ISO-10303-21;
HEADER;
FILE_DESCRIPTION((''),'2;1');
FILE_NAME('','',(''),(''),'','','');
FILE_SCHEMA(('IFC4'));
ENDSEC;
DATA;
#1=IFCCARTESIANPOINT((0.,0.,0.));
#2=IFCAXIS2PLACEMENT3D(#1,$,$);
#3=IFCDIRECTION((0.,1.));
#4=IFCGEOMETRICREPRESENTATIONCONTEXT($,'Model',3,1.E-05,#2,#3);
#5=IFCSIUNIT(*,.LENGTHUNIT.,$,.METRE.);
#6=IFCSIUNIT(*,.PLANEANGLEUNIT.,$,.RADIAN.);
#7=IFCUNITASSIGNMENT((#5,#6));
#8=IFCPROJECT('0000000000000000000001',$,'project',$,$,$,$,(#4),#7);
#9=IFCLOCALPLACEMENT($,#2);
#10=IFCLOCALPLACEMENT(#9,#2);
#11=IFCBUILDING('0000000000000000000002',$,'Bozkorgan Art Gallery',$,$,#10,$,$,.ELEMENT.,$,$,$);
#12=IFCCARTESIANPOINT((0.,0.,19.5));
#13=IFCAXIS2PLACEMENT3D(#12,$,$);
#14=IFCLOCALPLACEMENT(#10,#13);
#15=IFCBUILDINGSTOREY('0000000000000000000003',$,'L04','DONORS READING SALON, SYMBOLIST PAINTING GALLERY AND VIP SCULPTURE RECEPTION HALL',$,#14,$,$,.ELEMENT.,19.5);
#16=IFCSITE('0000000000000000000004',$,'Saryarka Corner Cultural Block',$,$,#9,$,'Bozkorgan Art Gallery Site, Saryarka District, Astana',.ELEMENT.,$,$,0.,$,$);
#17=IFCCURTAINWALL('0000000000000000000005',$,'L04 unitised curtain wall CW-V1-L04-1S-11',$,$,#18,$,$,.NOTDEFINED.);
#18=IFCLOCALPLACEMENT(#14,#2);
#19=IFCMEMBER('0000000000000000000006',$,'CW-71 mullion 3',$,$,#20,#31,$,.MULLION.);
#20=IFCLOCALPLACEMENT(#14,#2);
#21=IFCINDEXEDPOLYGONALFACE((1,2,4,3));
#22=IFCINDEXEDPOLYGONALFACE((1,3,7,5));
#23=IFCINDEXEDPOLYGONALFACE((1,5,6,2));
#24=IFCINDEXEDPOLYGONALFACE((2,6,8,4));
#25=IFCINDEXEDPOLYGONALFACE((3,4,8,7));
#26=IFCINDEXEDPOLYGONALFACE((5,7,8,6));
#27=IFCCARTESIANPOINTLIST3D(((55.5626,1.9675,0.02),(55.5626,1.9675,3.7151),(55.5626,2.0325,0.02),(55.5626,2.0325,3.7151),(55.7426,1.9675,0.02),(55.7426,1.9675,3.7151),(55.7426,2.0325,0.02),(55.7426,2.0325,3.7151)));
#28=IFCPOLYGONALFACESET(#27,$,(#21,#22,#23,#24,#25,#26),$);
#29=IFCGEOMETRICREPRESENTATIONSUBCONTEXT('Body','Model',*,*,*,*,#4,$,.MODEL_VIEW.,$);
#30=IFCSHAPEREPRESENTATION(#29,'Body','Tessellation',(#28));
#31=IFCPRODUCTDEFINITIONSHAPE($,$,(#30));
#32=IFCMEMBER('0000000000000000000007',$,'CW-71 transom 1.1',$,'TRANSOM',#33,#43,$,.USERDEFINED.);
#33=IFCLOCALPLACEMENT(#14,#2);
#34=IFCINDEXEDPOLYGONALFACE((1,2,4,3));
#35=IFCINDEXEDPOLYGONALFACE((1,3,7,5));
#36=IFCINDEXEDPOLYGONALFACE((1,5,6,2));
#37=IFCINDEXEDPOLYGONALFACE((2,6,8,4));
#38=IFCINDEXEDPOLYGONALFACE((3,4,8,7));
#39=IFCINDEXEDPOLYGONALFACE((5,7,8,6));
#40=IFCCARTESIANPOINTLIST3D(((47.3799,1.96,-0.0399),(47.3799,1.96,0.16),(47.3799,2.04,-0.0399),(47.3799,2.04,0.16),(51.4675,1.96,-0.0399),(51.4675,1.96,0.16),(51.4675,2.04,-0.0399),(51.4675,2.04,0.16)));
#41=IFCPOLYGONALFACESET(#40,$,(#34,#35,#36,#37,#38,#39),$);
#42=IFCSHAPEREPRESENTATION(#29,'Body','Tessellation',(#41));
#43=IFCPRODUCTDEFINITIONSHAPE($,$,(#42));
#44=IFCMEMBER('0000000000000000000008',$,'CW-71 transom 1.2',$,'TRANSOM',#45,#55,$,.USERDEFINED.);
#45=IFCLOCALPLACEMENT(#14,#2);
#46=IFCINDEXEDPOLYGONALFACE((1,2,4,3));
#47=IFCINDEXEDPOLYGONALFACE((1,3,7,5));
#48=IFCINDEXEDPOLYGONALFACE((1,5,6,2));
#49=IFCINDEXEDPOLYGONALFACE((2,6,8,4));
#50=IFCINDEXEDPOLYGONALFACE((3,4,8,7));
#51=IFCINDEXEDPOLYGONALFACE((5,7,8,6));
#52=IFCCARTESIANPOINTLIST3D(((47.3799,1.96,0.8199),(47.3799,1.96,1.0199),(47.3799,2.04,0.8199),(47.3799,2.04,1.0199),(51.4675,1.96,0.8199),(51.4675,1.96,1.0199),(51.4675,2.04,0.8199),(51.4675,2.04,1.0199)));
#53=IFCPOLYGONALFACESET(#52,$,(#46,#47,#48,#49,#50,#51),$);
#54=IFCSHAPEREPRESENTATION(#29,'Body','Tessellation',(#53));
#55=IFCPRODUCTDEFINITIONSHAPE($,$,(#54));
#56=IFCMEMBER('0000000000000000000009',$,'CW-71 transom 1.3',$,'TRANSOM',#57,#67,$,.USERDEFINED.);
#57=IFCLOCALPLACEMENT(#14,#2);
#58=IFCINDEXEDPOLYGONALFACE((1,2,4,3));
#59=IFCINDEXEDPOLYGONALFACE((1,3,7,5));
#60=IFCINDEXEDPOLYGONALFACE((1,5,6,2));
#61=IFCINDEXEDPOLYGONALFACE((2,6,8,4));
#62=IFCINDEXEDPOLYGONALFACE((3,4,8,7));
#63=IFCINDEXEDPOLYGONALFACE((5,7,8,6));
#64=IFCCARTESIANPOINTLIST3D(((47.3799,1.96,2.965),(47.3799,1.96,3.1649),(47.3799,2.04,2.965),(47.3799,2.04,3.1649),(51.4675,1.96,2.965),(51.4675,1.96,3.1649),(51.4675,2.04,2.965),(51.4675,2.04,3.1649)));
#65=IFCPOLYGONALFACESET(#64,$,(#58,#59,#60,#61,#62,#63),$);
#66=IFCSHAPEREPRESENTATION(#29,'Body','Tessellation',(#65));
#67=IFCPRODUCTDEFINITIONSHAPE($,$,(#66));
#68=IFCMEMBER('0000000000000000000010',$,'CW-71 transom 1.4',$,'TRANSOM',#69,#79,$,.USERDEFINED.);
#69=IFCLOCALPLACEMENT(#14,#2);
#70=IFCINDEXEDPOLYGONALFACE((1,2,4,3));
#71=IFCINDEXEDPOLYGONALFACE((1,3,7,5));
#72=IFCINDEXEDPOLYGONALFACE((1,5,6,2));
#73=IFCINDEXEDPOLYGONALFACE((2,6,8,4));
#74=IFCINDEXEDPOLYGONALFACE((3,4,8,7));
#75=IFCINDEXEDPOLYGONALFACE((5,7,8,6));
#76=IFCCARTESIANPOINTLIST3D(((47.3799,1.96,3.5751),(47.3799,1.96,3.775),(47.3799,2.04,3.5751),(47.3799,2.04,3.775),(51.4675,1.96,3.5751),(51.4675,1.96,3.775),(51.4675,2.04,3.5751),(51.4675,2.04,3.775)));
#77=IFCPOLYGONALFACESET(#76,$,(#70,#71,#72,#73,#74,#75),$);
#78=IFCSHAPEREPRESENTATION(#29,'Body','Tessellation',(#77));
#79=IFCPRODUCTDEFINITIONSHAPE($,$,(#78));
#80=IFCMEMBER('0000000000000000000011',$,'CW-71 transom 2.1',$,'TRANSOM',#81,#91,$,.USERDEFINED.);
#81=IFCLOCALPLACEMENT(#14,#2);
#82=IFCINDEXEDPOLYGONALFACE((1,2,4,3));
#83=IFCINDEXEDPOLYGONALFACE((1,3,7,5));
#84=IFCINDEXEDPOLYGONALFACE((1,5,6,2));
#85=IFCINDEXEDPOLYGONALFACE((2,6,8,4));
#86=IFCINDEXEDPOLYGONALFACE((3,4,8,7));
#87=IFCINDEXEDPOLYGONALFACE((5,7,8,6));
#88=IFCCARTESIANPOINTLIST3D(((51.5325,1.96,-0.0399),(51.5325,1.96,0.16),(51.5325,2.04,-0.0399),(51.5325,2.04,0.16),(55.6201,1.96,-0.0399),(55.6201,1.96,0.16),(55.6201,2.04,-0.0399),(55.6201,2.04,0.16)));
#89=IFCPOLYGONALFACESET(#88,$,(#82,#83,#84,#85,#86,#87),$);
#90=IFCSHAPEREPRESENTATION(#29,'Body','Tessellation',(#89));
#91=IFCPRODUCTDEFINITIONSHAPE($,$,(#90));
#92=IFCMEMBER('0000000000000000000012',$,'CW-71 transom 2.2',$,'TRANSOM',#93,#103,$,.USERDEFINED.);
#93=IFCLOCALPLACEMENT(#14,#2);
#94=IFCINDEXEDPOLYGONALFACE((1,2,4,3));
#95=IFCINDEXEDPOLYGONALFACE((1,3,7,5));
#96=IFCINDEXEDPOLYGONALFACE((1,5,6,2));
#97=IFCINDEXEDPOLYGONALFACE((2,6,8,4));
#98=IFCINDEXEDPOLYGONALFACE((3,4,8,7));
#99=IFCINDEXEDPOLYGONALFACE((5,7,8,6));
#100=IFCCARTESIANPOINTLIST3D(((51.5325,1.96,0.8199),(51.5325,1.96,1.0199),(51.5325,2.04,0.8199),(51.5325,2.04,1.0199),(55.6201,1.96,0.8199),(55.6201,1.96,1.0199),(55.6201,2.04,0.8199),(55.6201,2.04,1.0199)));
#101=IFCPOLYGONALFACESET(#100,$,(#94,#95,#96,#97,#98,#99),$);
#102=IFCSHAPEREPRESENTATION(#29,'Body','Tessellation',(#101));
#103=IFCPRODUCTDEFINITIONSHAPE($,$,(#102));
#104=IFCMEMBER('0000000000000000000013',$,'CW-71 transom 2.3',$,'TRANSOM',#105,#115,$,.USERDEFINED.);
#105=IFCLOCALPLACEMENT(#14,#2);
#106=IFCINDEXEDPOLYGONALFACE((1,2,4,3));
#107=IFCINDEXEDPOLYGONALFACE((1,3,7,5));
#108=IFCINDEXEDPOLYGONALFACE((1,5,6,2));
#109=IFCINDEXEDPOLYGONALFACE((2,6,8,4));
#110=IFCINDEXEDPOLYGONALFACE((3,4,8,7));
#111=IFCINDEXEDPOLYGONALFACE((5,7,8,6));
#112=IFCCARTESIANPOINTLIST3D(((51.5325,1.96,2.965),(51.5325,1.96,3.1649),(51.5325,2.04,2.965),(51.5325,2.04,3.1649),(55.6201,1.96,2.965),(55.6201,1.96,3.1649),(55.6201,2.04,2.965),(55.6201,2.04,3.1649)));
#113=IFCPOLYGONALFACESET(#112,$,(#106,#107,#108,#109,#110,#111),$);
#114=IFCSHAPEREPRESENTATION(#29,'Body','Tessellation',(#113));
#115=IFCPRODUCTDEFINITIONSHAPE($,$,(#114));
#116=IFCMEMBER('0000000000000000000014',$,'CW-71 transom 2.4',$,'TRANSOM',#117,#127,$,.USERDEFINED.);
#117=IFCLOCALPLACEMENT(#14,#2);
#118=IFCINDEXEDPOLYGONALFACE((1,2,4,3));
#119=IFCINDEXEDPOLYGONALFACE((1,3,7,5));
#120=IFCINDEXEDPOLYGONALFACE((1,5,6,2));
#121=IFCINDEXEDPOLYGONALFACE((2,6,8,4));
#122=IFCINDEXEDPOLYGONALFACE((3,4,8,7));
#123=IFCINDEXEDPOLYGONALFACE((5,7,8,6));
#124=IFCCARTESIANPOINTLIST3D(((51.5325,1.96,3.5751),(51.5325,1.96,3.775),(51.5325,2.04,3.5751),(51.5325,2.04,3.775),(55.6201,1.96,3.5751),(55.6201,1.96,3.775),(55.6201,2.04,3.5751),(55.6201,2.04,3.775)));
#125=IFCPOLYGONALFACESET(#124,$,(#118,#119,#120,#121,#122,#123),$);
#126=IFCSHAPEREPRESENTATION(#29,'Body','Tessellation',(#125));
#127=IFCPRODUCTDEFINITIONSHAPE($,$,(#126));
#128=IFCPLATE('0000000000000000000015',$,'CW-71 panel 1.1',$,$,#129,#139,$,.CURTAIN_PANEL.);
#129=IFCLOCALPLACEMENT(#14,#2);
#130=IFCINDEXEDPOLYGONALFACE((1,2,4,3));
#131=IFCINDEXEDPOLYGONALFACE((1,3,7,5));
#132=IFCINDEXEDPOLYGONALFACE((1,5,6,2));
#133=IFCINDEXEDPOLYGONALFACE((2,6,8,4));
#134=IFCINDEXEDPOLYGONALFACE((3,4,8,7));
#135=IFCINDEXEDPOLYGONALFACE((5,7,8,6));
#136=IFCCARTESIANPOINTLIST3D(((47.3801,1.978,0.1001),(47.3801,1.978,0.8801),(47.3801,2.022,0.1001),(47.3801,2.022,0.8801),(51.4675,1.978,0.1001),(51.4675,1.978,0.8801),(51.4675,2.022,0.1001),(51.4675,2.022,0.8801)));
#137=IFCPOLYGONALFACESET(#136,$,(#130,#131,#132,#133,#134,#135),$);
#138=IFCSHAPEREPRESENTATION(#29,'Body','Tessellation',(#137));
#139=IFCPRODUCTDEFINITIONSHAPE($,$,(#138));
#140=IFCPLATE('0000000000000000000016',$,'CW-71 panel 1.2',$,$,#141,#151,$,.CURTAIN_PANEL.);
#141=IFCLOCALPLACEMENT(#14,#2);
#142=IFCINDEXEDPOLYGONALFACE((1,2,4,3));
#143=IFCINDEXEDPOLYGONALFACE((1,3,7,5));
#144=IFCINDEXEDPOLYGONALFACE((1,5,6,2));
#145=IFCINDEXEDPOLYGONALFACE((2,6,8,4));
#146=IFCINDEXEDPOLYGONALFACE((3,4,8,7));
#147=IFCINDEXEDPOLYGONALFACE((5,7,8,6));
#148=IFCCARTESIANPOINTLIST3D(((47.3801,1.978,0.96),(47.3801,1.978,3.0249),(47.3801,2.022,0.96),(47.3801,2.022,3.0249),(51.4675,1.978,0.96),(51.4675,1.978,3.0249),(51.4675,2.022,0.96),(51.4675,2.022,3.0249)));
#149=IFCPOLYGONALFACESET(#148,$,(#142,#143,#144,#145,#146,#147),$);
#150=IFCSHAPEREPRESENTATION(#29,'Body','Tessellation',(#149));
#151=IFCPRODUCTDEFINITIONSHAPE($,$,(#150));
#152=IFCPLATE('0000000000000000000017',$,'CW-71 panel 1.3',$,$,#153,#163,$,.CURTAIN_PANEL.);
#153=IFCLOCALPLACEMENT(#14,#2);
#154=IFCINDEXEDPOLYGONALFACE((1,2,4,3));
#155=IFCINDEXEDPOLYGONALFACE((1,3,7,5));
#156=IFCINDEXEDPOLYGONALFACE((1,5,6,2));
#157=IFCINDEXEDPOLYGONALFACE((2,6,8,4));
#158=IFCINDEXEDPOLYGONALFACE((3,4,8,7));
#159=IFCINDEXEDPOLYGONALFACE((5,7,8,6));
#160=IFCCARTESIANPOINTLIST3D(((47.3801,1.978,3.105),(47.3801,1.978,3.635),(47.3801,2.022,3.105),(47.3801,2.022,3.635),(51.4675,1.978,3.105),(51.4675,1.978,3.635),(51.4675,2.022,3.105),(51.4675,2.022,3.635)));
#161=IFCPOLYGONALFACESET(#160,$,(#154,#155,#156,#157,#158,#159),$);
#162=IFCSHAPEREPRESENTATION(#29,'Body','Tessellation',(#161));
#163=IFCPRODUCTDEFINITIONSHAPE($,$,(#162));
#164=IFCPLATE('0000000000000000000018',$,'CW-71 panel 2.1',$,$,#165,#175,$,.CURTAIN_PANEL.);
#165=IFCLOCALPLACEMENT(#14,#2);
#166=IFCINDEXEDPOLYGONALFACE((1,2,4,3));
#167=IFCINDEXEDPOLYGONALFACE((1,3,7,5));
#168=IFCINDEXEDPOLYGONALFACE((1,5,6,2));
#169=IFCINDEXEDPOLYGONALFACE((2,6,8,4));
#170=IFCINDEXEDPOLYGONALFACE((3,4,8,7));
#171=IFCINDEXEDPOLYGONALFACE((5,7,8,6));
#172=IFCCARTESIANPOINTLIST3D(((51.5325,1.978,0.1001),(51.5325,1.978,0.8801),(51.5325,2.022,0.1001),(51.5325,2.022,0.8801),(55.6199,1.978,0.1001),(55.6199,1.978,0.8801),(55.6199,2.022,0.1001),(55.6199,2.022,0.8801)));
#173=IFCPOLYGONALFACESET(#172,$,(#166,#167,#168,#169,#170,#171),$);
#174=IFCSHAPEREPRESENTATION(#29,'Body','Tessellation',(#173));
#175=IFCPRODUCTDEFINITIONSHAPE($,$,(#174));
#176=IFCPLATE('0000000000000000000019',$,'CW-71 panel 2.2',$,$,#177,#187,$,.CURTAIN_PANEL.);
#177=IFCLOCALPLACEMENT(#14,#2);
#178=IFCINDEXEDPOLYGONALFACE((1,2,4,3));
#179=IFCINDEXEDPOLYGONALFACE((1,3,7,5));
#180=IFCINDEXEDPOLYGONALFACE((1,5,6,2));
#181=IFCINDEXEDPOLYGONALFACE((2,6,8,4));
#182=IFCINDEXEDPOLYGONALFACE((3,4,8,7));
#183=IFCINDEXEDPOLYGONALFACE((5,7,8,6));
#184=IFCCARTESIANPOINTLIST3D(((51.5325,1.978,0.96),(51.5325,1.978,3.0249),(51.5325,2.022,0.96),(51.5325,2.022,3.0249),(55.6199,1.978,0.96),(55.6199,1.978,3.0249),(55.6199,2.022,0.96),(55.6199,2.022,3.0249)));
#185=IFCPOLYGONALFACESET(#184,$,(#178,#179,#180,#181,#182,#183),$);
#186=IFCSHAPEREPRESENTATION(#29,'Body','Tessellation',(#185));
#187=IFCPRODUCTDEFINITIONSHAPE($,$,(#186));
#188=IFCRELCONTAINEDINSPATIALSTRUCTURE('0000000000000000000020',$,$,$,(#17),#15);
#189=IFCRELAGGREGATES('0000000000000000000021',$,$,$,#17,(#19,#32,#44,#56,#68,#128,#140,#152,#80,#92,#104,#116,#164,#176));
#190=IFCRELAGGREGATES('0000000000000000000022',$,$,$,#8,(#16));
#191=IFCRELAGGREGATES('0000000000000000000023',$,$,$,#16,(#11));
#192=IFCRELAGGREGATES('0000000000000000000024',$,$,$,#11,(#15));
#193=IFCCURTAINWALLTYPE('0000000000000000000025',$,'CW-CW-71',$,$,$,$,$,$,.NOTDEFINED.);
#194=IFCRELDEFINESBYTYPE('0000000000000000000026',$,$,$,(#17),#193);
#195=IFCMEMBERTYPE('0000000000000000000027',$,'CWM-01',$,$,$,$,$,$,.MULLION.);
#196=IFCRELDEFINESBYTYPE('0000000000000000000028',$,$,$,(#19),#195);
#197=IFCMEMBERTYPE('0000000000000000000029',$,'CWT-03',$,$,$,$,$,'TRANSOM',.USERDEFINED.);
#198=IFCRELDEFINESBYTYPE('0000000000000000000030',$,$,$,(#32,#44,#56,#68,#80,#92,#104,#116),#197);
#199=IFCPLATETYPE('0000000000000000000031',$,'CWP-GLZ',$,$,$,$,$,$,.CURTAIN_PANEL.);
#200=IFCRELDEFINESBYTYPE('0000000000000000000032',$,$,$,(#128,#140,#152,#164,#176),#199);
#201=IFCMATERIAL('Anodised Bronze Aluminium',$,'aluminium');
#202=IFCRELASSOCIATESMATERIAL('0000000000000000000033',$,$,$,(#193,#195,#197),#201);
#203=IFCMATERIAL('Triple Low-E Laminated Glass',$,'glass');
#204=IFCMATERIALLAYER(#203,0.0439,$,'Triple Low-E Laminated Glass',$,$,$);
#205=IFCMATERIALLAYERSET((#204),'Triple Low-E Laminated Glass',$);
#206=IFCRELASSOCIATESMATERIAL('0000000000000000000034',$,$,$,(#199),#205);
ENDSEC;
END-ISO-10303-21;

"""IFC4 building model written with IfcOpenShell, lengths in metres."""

from ifc_helpers import new_model, si_unit, direction, frame, origin, origin_2d, place, context, subcontext, project, spatial, rectangle, extrude, material, layer, layer_set, material_profile, profile_set, type_object, element, aggregate, save


model = new_model("IFC4")

# Units and contexts
model_context = context("Model", 3, precision=1e-05, world=origin(), true_north=direction((0.0, 1.0)))
body_context = subcontext(model_context, "Body", "Model", "MODEL_VIEW")
ifc_project = project(units=[si_unit("LENGTHUNIT", "METRE"), si_unit("PLANEANGLEUNIT", "RADIAN")], contexts=[model_context])

# Site, building, storey
site_placement = place(None, origin())
site = spatial("IfcSite", under=ifc_project, at=site_placement, Name="Saryarka Corner Cultural Block", LongName="Bozkorgan Art Gallery Site, Saryarka District, Astana", CompositionType="ELEMENT", RefElevation=0.0)
building_placement = place(site_placement, origin())
building = spatial("IfcBuilding", under=site, at=building_placement, Name="Bozkorgan Art Gallery", CompositionType="ELEMENT")
storey_placement = place(building_placement, frame((0.0, 0.0, 19.5)))
storey = spatial("IfcBuildingStorey", under=building, at=storey_placement, Name="L04", Description="DONORS READING SALON, SYMBOLIST PAINTING GALLERY AND VIP SCULPTURE RECEPTION HALL", CompositionType="ELEMENT", Elevation=19.5)

# Curtain wall, members, plates
ifc_material_1 = material(Name="Anodised Bronze Aluminium", Category="aluminium")
curtain_wall_type = type_object("IfcCurtainWallType", Name="CW-CW-71", PredefinedType="NOTDEFINED", material=ifc_material_1)
curtain_wall_placement = place(storey_placement, origin())
curtain_wall = element("IfcCurtainWall", 1, at=curtain_wall_placement, inside=storey, type_object=curtain_wall_type, Name="L04 unitised curtain wall CW-V1-L04-1S-11", PredefinedType="NOTDEFINED")
ifc_material_profile_1 = material_profile(ifc_material_1, rectangle(XDim=0.0649, YDim=0.1799, at=origin_2d()), Name="ALU MULLION 65x180")
ifc_profile_set_1 = profile_set([ifc_material_profile_1], Name="Anodised Bronze Aluminium")
member_type_1 = type_object("IfcMemberType", Name="CWM-01", PredefinedType="MULLION", material=ifc_profile_set_1)
member_1_placement = place(storey_placement, frame((55.6526, 2.0, 0.02), z_axis=(0.0, 0.0, 1.0), x_axis=(0.0, 1.0, 0.0)))
member_1 = element("IfcMember", 2, at=member_1_placement, type_object=member_type_1, Name="CW-71 mullion 3", PredefinedType="MULLION", context=body_context, shape_type="SweptSolid", body=[
    extrude(rectangle(XDim=0.0649, YDim=0.1799, at=origin_2d()), origin(), (0.0, 0.0, 1.0), 3.6951),
])
ifc_material_profile_2 = material_profile(ifc_material_1, rectangle(XDim=0.0801, YDim=0.2, at=origin_2d()), Name="ALU TRANSOM 80x200")
ifc_profile_set_2 = profile_set([ifc_material_profile_2], Name="Anodised Bronze Aluminium")
member_type_2 = type_object("IfcMemberType", Name="CWT-03", ElementType="TRANSOM", PredefinedType="USERDEFINED", material=ifc_profile_set_2)
member_2_placement = place(storey_placement, frame((47.3799, 2.0, 0.0601), z_axis=(1.0, 0.0, 0.0), x_axis=(0.0, 1.0, 0.0)))
member_2 = element("IfcMember", 3, at=member_2_placement, type_object=member_type_2, Name="CW-71 transom 1.1", ObjectType="TRANSOM", PredefinedType="USERDEFINED", context=body_context, shape_type="SweptSolid", body=[
    extrude(rectangle(XDim=0.0801, YDim=0.2, at=origin_2d()), origin(), (0.0, 0.0, 1.0), 4.0876),
])
member_3_placement = place(storey_placement, frame((47.3799, 2.0, 0.9199), z_axis=(1.0, 0.0, 0.0), x_axis=(0.0, 1.0, 0.0)))
member_3 = element("IfcMember", 4, at=member_3_placement, type_object=member_type_2, Name="CW-71 transom 1.2", ObjectType="TRANSOM", PredefinedType="USERDEFINED", context=body_context, shape_type="SweptSolid", body=[
    extrude(rectangle(XDim=0.0801, YDim=0.2, at=origin_2d()), origin(), (0.0, 0.0, 1.0), 4.0876),
])
member_4_placement = place(storey_placement, frame((47.3799, 2.0, 3.0649), z_axis=(1.0, 0.0, 0.0), x_axis=(0.0, 1.0, 0.0)))
member_4 = element("IfcMember", 5, at=member_4_placement, type_object=member_type_2, Name="CW-71 transom 1.3", ObjectType="TRANSOM", PredefinedType="USERDEFINED", context=body_context, shape_type="SweptSolid", body=[
    extrude(rectangle(XDim=0.0801, YDim=0.2, at=origin_2d()), origin(), (0.0, 0.0, 1.0), 4.0876),
])
member_5_placement = place(storey_placement, frame((47.3799, 2.0, 3.675), z_axis=(1.0, 0.0, 0.0), x_axis=(0.0, 1.0, 0.0)))
member_5 = element("IfcMember", 6, at=member_5_placement, type_object=member_type_2, Name="CW-71 transom 1.4", ObjectType="TRANSOM", PredefinedType="USERDEFINED", context=body_context, shape_type="SweptSolid", body=[
    extrude(rectangle(XDim=0.0801, YDim=0.2, at=origin_2d()), origin(), (0.0, 0.0, 1.0), 4.0876),
])
member_6_placement = place(storey_placement, frame((51.5325, 2.0, 0.0601), z_axis=(1.0, 0.0, 0.0), x_axis=(0.0, 1.0, 0.0)))
member_6 = element("IfcMember", 7, at=member_6_placement, type_object=member_type_2, Name="CW-71 transom 2.1", ObjectType="TRANSOM", PredefinedType="USERDEFINED", context=body_context, shape_type="SweptSolid", body=[
    extrude(rectangle(XDim=0.0801, YDim=0.2, at=origin_2d()), origin(), (0.0, 0.0, 1.0), 4.0876),
])
member_7_placement = place(storey_placement, frame((51.5325, 2.0, 0.9199), z_axis=(1.0, 0.0, 0.0), x_axis=(0.0, 1.0, 0.0)))
member_7 = element("IfcMember", 8, at=member_7_placement, type_object=member_type_2, Name="CW-71 transom 2.2", ObjectType="TRANSOM", PredefinedType="USERDEFINED", context=body_context, shape_type="SweptSolid", body=[
    extrude(rectangle(XDim=0.0801, YDim=0.2, at=origin_2d()), origin(), (0.0, 0.0, 1.0), 4.0876),
])
member_8_placement = place(storey_placement, frame((51.5325, 2.0, 3.0649), z_axis=(1.0, 0.0, 0.0), x_axis=(0.0, 1.0, 0.0)))
member_8 = element("IfcMember", 9, at=member_8_placement, type_object=member_type_2, Name="CW-71 transom 2.3", ObjectType="TRANSOM", PredefinedType="USERDEFINED", context=body_context, shape_type="SweptSolid", body=[
    extrude(rectangle(XDim=0.0801, YDim=0.2, at=origin_2d()), origin(), (0.0, 0.0, 1.0), 4.0876),
])
member_9_placement = place(storey_placement, frame((51.5325, 2.0, 3.675), z_axis=(1.0, 0.0, 0.0), x_axis=(0.0, 1.0, 0.0)))
member_9 = element("IfcMember", 10, at=member_9_placement, type_object=member_type_2, Name="CW-71 transom 2.4", ObjectType="TRANSOM", PredefinedType="USERDEFINED", context=body_context, shape_type="SweptSolid", body=[
    extrude(rectangle(XDim=0.0801, YDim=0.2, at=origin_2d()), origin(), (0.0, 0.0, 1.0), 4.0876),
])
ifc_material_2 = material(Name="Triple Low-E Laminated Glass", Category="glass")
ifc_layer_1 = layer(ifc_material_2, 0.0439, Name="Triple Low-E Laminated Glass")
ifc_layer_set_1 = layer_set([ifc_layer_1], Name="Triple Low-E Laminated Glass")
plate_type = type_object("IfcPlateType", Name="CWP-GLZ", PredefinedType="CURTAIN_PANEL", material=ifc_layer_set_1)
plate_1_placement = place(storey_placement, frame((49.4238, 2.0, 0.1001), z_axis=(0.0, 0.0, 1.0), x_axis=(1.0, 0.0, 0.0)))
plate_1 = element("IfcPlate", 11, at=plate_1_placement, type_object=plate_type, Name="CW-71 panel 1.1", PredefinedType="CURTAIN_PANEL", context=body_context, shape_type="SweptSolid", body=[
    extrude(rectangle(XDim=4.0874, YDim=0.0439, at=origin_2d()), origin(), (0.0, 0.0, 1.0), 0.78),
])
plate_2_placement = place(storey_placement, frame((49.4238, 2.0, 0.96), z_axis=(0.0, 0.0, 1.0), x_axis=(1.0, 0.0, 0.0)))
plate_2 = element("IfcPlate", 12, at=plate_2_placement, type_object=plate_type, Name="CW-71 panel 1.2", PredefinedType="CURTAIN_PANEL", context=body_context, shape_type="SweptSolid", body=[
    extrude(rectangle(XDim=4.0874, YDim=0.0439, at=origin_2d()), origin(), (0.0, 0.0, 1.0), 2.0649),
])
plate_3_placement = place(storey_placement, frame((49.4238, 2.0, 3.105), z_axis=(0.0, 0.0, 1.0), x_axis=(1.0, 0.0, 0.0)))
plate_3 = element("IfcPlate", 13, at=plate_3_placement, type_object=plate_type, Name="CW-71 panel 1.3", PredefinedType="CURTAIN_PANEL", context=body_context, shape_type="SweptSolid", body=[
    extrude(rectangle(XDim=4.0874, YDim=0.0439, at=origin_2d()), origin(), (0.0, 0.0, 1.0), 0.53),
])
plate_4_placement = place(storey_placement, frame((53.5762, 2.0, 0.1001), z_axis=(0.0, 0.0, 1.0), x_axis=(1.0, 0.0, 0.0)))
plate_4 = element("IfcPlate", 14, at=plate_4_placement, type_object=plate_type, Name="CW-71 panel 2.1", PredefinedType="CURTAIN_PANEL", context=body_context, shape_type="SweptSolid", body=[
    extrude(rectangle(XDim=4.0874, YDim=0.0439, at=origin_2d()), origin(), (0.0, 0.0, 1.0), 0.78),
])
plate_5_placement = place(storey_placement, frame((53.5762, 2.0, 0.96), z_axis=(0.0, 0.0, 1.0), x_axis=(1.0, 0.0, 0.0)))
plate_5 = element("IfcPlate", 15, at=plate_5_placement, type_object=plate_type, Name="CW-71 panel 2.2", PredefinedType="CURTAIN_PANEL", context=body_context, shape_type="SweptSolid", body=[
    extrude(rectangle(XDim=4.0874, YDim=0.0439, at=origin_2d()), origin(), (0.0, 0.0, 1.0), 2.0649),
])
aggregate(curtain_wall, [member_1, member_2, member_3, member_4, member_5, plate_1, plate_2, plate_3, member_6, member_7, member_8, member_9, plate_4, plate_5])

save(model, "model.ifc")
